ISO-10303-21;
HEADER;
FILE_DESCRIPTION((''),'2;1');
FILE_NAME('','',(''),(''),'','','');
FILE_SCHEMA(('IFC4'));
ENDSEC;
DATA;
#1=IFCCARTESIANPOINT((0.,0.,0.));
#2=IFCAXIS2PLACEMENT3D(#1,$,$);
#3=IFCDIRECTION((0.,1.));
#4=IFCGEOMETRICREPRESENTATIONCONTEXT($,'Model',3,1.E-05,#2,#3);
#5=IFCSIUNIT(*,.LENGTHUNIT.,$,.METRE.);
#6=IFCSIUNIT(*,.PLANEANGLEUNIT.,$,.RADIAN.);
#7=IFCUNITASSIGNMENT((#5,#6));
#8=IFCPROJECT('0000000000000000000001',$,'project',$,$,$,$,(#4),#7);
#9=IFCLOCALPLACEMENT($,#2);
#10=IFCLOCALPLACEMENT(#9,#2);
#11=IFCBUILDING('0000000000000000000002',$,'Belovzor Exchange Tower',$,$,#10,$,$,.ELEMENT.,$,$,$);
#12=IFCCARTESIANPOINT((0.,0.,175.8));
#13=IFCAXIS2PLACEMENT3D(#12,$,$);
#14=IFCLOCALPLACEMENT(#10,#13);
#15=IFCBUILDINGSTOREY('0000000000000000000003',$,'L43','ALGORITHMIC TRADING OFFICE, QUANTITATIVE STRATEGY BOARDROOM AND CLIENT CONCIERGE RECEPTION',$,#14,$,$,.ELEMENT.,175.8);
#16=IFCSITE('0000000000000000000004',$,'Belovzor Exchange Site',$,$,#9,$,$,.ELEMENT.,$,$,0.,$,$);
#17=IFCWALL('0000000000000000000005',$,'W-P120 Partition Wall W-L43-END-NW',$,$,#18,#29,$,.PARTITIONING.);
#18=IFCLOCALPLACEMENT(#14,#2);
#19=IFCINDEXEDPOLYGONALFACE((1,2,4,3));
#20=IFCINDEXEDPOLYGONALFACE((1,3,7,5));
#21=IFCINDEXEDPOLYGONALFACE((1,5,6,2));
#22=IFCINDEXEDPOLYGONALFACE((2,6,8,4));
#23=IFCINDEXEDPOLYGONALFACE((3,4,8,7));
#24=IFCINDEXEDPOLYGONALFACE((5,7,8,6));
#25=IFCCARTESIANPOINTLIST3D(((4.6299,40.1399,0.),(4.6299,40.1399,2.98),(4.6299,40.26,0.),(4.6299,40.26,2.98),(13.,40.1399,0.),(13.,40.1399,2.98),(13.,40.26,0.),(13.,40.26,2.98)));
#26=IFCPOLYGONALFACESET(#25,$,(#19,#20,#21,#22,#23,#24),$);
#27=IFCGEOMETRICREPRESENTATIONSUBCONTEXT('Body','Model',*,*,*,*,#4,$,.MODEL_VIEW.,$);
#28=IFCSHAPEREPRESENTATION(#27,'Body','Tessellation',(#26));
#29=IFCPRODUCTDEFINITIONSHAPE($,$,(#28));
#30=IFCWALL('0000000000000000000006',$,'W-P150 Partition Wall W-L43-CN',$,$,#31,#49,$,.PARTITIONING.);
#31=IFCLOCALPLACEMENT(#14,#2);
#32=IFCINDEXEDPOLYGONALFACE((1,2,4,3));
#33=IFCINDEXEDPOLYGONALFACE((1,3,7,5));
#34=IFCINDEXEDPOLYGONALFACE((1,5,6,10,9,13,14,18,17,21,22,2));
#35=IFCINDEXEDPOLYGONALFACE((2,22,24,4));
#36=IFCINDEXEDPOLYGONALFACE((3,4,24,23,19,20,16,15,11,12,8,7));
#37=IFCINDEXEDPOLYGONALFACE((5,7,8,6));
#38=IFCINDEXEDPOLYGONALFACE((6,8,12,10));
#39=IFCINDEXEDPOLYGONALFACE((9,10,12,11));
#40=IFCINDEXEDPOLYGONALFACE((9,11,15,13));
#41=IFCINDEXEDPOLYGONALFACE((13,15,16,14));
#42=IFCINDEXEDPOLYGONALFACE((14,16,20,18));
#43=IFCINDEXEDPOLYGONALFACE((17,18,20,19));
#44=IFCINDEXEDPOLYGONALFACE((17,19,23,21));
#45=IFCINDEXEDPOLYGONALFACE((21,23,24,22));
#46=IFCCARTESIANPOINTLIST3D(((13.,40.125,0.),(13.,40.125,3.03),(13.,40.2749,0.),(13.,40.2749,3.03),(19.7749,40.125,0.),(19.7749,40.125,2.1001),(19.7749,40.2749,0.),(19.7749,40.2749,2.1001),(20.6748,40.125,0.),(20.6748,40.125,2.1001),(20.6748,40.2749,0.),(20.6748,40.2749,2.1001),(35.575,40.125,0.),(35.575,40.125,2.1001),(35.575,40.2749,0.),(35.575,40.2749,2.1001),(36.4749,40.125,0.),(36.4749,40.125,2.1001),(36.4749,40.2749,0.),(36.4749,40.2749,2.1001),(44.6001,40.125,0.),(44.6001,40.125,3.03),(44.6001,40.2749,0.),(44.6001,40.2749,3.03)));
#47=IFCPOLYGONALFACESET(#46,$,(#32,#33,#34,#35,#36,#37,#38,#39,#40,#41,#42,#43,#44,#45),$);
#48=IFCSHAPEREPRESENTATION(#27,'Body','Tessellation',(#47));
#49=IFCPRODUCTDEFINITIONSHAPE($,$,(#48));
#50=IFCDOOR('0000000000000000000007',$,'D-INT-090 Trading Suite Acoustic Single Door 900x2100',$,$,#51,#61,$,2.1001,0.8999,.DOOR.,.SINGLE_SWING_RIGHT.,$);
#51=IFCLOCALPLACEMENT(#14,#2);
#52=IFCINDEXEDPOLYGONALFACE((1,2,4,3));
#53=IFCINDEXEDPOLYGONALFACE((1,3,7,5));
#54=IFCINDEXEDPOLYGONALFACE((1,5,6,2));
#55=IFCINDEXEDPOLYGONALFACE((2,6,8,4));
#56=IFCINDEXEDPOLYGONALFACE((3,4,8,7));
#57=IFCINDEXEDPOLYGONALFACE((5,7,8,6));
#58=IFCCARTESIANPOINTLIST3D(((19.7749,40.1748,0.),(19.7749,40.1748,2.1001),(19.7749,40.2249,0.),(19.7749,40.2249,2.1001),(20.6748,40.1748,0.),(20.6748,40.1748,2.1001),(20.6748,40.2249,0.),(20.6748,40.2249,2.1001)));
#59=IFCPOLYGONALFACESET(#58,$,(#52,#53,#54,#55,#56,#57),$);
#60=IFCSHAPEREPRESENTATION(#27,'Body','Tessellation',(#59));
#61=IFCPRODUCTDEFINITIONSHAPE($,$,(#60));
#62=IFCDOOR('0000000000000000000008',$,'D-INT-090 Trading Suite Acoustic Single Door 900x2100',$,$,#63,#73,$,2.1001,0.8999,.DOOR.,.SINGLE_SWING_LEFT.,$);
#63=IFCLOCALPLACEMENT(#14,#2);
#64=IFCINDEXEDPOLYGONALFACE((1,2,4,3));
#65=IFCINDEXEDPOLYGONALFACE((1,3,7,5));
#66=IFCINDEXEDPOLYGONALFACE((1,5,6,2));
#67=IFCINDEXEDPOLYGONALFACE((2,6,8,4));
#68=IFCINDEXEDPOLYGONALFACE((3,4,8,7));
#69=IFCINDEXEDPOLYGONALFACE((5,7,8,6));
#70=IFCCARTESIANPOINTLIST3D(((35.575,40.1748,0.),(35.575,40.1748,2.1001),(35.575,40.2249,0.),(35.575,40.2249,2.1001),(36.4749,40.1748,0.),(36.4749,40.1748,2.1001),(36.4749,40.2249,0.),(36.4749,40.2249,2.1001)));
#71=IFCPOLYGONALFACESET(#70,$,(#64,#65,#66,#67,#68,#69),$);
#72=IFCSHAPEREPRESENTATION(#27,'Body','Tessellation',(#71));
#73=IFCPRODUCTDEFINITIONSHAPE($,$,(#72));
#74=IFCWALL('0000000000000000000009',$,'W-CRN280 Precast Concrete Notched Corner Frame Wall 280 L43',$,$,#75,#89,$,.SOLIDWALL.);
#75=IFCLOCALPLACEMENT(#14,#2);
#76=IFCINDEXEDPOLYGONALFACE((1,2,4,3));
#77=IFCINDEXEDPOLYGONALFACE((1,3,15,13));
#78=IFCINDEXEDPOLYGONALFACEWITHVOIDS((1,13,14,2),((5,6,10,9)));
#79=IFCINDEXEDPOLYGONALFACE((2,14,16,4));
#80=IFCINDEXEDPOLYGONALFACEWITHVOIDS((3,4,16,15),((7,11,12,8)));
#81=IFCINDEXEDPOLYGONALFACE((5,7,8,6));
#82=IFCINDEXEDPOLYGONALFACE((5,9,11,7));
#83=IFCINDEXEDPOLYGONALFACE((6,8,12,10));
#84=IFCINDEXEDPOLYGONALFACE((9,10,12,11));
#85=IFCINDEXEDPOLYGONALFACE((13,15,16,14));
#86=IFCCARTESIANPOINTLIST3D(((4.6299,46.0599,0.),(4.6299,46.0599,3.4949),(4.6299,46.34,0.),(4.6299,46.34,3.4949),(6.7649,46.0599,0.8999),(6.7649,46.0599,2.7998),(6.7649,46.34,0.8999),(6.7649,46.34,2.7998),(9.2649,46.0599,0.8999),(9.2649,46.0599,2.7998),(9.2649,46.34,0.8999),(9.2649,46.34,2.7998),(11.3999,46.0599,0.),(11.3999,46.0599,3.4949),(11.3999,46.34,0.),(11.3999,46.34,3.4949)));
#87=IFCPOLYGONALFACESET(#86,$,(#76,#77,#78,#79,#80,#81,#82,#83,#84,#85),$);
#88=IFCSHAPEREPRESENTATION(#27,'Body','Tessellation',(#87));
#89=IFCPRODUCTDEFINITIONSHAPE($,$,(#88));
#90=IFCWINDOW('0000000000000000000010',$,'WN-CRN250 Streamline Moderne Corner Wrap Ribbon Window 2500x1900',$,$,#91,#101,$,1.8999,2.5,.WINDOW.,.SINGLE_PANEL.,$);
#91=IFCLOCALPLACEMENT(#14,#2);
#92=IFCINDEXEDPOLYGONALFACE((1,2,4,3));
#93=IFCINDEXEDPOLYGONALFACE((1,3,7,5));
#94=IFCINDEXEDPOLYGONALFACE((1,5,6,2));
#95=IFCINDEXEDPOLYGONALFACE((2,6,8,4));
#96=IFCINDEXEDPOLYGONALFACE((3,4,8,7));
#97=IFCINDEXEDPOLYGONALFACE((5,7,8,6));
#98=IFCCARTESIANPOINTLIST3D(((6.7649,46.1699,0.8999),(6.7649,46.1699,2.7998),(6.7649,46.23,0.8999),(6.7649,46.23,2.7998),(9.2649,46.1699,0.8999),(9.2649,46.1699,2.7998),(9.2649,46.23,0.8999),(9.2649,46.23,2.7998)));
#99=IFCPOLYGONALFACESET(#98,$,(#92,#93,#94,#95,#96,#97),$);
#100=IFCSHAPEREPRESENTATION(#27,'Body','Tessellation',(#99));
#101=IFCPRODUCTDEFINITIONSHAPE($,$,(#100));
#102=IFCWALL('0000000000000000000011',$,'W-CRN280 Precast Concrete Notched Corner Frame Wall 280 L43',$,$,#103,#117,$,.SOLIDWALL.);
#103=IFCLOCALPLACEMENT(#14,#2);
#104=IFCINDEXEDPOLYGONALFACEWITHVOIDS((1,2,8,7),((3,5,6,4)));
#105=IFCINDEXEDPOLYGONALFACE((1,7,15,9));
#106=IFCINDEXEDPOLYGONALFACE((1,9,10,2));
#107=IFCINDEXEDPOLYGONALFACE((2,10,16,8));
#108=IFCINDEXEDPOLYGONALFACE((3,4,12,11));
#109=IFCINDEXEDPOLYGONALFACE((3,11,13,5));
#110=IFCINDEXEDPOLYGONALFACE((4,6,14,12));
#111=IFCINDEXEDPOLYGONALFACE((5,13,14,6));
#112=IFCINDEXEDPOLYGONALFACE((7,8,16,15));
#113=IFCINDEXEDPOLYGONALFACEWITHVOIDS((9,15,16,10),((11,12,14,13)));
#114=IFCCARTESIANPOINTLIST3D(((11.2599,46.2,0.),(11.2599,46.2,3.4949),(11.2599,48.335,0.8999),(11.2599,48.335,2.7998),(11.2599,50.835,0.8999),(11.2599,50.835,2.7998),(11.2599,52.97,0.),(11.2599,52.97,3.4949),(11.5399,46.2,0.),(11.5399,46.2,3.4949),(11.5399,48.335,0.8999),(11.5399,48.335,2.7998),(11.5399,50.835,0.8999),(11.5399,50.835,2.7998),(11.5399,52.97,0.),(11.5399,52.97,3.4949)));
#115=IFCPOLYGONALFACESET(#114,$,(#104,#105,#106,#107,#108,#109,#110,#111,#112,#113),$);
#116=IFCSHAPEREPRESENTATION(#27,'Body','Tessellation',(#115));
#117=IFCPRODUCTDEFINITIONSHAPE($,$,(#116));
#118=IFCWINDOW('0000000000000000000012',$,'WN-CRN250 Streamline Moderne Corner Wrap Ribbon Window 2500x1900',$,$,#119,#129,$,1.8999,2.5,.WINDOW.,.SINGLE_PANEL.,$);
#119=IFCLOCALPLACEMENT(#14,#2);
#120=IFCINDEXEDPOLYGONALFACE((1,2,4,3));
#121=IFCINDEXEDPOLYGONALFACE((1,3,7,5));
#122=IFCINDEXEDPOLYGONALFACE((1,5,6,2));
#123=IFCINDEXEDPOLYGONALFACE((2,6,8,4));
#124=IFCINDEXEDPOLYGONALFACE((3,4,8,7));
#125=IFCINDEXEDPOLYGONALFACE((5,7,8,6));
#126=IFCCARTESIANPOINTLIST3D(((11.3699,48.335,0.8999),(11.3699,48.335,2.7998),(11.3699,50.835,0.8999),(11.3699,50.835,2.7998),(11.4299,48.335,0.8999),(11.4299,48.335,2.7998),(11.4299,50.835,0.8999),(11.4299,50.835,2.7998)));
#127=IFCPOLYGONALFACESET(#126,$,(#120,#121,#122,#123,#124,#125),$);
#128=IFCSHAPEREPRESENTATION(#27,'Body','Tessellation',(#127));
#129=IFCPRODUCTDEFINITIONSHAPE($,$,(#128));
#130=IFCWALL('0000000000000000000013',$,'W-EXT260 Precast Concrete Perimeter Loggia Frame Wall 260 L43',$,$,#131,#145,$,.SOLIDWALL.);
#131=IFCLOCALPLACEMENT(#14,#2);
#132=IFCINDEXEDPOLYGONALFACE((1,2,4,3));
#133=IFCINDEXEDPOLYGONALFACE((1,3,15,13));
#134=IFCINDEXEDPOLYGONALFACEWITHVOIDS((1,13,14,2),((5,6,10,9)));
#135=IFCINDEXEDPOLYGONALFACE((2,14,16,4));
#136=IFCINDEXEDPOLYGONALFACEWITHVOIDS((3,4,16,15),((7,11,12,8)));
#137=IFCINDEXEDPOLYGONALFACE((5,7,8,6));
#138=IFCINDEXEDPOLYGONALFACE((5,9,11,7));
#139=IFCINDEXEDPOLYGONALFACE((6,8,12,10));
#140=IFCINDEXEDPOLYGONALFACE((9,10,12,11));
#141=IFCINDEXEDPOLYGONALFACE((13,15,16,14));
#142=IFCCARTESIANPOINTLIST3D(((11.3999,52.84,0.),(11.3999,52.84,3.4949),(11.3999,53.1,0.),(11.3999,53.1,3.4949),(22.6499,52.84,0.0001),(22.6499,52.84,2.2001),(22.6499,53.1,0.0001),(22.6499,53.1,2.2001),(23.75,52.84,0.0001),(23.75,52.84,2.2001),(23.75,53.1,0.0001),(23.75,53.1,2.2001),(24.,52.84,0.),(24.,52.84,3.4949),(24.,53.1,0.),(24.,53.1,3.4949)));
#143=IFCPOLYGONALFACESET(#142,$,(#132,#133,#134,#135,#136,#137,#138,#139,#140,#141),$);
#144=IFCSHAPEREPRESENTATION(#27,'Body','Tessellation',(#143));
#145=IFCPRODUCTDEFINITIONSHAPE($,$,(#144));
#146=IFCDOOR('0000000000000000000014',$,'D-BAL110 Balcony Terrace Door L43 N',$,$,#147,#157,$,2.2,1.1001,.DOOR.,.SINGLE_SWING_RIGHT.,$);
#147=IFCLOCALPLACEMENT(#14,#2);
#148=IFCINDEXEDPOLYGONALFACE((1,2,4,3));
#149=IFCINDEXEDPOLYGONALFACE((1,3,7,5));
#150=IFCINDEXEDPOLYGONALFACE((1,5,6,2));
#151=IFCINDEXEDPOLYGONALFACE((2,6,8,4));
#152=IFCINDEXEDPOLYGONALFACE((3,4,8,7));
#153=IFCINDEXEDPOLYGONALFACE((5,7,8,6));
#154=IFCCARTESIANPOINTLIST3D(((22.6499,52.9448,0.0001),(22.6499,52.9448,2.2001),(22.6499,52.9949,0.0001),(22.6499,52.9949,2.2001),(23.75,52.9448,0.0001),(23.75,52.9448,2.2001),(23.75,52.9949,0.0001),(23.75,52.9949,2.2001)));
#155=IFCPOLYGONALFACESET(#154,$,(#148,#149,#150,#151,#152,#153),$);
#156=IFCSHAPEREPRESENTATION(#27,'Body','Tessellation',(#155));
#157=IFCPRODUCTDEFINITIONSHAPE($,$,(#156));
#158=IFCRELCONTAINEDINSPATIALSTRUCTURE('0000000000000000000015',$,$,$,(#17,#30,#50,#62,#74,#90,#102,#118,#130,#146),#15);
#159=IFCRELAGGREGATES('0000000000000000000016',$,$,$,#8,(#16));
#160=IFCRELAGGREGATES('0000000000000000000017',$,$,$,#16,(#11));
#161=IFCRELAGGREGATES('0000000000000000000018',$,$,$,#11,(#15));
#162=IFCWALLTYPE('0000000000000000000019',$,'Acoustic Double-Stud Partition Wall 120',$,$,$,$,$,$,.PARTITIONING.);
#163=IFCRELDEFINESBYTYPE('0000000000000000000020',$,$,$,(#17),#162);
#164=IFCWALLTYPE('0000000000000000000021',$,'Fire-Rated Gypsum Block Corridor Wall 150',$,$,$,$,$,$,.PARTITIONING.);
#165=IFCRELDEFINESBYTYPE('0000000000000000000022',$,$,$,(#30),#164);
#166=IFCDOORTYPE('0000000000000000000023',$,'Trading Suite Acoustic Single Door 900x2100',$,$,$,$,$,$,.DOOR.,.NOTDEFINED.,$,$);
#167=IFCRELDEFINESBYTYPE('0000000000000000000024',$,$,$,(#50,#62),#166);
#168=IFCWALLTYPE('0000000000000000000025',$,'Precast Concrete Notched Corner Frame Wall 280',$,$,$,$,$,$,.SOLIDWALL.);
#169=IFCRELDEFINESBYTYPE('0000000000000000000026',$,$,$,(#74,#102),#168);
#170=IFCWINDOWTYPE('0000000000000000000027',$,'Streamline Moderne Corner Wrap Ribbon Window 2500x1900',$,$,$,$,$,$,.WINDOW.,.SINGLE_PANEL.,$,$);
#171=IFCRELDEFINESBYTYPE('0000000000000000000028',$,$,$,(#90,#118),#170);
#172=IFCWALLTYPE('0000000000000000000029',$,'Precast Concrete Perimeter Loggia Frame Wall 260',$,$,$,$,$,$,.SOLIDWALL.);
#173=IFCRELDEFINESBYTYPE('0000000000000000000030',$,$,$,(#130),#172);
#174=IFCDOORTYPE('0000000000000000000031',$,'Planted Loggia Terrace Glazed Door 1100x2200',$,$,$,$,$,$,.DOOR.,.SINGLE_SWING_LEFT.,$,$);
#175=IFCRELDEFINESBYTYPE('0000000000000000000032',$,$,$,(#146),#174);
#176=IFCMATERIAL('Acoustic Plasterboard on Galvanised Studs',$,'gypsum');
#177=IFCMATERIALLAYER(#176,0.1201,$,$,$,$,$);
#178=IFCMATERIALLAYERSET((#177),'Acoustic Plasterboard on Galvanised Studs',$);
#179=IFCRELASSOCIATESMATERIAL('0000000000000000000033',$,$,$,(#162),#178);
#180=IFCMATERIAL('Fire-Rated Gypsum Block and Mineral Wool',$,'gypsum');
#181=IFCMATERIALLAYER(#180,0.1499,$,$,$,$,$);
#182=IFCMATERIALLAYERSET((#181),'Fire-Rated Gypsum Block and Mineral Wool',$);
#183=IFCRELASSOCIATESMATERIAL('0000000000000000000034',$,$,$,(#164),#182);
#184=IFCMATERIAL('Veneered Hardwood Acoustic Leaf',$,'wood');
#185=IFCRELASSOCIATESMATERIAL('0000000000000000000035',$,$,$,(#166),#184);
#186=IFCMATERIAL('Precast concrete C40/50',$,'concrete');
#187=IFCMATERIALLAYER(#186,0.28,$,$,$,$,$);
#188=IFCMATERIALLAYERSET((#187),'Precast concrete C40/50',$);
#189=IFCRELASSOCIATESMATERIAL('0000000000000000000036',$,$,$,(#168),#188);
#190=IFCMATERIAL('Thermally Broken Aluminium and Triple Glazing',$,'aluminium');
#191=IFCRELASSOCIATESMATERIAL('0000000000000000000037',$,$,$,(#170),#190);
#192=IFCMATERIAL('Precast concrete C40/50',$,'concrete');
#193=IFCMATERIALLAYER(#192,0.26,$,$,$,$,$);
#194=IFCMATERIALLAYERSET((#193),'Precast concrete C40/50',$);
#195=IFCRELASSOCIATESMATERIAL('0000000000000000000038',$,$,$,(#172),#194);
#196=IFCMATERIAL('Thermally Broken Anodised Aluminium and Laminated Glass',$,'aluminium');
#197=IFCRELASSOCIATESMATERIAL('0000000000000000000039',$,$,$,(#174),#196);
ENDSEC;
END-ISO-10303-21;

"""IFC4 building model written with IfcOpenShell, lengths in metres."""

from ifc_helpers import new_model, si_unit, direction, frame, frame_2d, origin, place, context, subcontext, project, spatial, rectangle, extrude, material, layer, layer_set, type_object, element, fill, save


model = new_model("IFC4")

# Units and contexts
model_context = context("Model", 3, precision=1e-05, world=origin(), true_north=direction((0.0, 1.0)))
body_context = subcontext(model_context, "Body", "Model", "MODEL_VIEW")
ifc_project = project(units=[si_unit("LENGTHUNIT", "METRE"), si_unit("PLANEANGLEUNIT", "RADIAN")], contexts=[model_context])

# Site, building, storey
site_placement = place(None, origin())
site = spatial("IfcSite", under=ifc_project, at=site_placement, Name="Belovzor Exchange Site", CompositionType="ELEMENT", RefElevation=0.0)
building_placement = place(site_placement, origin())
building = spatial("IfcBuilding", under=site, at=building_placement, Name="Belovzor Exchange Tower", CompositionType="ELEMENT")
storey_placement = place(building_placement, frame((0.0, 0.0, 175.8)))
storey = spatial("IfcBuildingStorey", under=building, at=storey_placement, Name="L43", Description="ALGORITHMIC TRADING OFFICE, QUANTITATIVE STRATEGY BOARDROOM AND CLIENT CONCIERGE RECEPTION", CompositionType="ELEMENT", Elevation=175.8)

# Wall
ifc_material_1 = material(Name="Acoustic Plasterboard on Galvanised Studs", Category="gypsum")
ifc_layer_1 = layer(ifc_material_1, 0.1201)
ifc_layer_set_1 = layer_set([ifc_layer_1], Name="Acoustic Plasterboard on Galvanised Studs")
wall_type_1 = type_object("IfcWallType", Name="Acoustic Double-Stud Partition Wall 120", PredefinedType="PARTITIONING", material=ifc_layer_set_1)
wall_1_placement = place(storey_placement, frame((4.6299, 40.2, 0.0), z_axis=(0.0, 0.0, 1.0), x_axis=(1.0, 0.0, 0.0)))
element("IfcWall", 1, at=wall_1_placement, inside=storey, type_object=wall_type_1, Name="W-P120 Partition Wall W-L43-END-NW", PredefinedType="PARTITIONING", context=body_context, shape_type="SweptSolid", body=[
    extrude(rectangle(XDim=8.3701, YDim=0.1201, at=frame_2d((4.1851, 0.0))), origin(), (0.0, 0.0, 1.0), 2.98),
])

# Wall, openings, doors
ifc_material_2 = material(Name="Fire-Rated Gypsum Block and Mineral Wool", Category="gypsum")
ifc_layer_2 = layer(ifc_material_2, 0.1499)
ifc_layer_set_2 = layer_set([ifc_layer_2], Name="Fire-Rated Gypsum Block and Mineral Wool")
wall_type_2 = type_object("IfcWallType", Name="Fire-Rated Gypsum Block Corridor Wall 150", PredefinedType="PARTITIONING", material=ifc_layer_set_2)
wall_2_placement = place(storey_placement, frame((13.0, 40.2, 0.0), z_axis=(0.0, 0.0, 1.0), x_axis=(1.0, 0.0, 0.0)))
wall_2 = element("IfcWall", 2, at=wall_2_placement, inside=storey, type_object=wall_type_2, Name="W-P150 Partition Wall W-L43-CN", PredefinedType="PARTITIONING", context=body_context, shape_type="SweptSolid", body=[
    extrude(rectangle(XDim=31.6001, YDim=0.1499, at=frame_2d((15.8, 0.0))), origin(), (0.0, 0.0, 1.0), 3.03),
])
opening_1_placement = place(wall_2_placement, frame((6.7749, 0.0, 0.0)))
opening_1 = element("IfcOpeningElement", 3, at=opening_1_placement, cuts=wall_2, PredefinedType="OPENING", context=body_context, shape_type="SweptSolid", body=[
    extrude(rectangle(XDim=0.8999, YDim=2.1001, at=frame_2d((0.45, 1.05))), frame((0.0, 0.085, 0.0), z_axis=(0.0, -1.0, 0.0), x_axis=(1.0, 0.0, 0.0)), (0.0, 0.0, 1.0), 0.1699),
])
opening_2_placement = place(wall_2_placement, frame((22.575, 0.0, 0.0)))
opening_2 = element("IfcOpeningElement", 4, at=opening_2_placement, cuts=wall_2, PredefinedType="OPENING", context=body_context, shape_type="SweptSolid", body=[
    extrude(rectangle(XDim=0.8999, YDim=2.1001, at=frame_2d((0.45, 1.05))), frame((0.0, 0.085, 0.0), z_axis=(0.0, -1.0, 0.0), x_axis=(1.0, 0.0, 0.0)), (0.0, 0.0, 1.0), 0.1699),
])
ifc_material_3 = material(Name="Veneered Hardwood Acoustic Leaf", Category="wood")
door_type_1 = type_object("IfcDoorType", Name="Trading Suite Acoustic Single Door 900x2100", OperationType="NOTDEFINED", PredefinedType="DOOR", material=ifc_material_3)
door_1_placement = place(opening_1_placement, origin())
door_1 = element("IfcDoor", 5, at=door_1_placement, inside=storey, type_object=door_type_1, Name="D-INT-090 Trading Suite Acoustic Single Door 900x2100", OperationType="SINGLE_SWING_RIGHT", OverallHeight=2.1001, OverallWidth=0.8999, PredefinedType="DOOR", context=body_context, shape_type="SweptSolid", body=[
    extrude(rectangle(XDim=0.8999, YDim=2.1001, at=frame_2d((0.45, 1.05))), frame((0.0, 0.0249, 0.0), z_axis=(0.0, -1.0, 0.0), x_axis=(1.0, 0.0, 0.0)), (0.0, 0.0, 1.0), 0.05),
])
fill(opening_1, door_1)
door_2_placement = place(opening_2_placement, origin())
door_2 = element("IfcDoor", 6, at=door_2_placement, inside=storey, type_object=door_type_1, Name="D-INT-090 Trading Suite Acoustic Single Door 900x2100", OperationType="SINGLE_SWING_LEFT", OverallHeight=2.1001, OverallWidth=0.8999, PredefinedType="DOOR", context=body_context, shape_type="SweptSolid", body=[
    extrude(rectangle(XDim=0.8999, YDim=2.1001, at=frame_2d((0.45, 1.05))), frame((0.0, 0.0249, 0.0), z_axis=(0.0, -1.0, 0.0), x_axis=(1.0, 0.0, 0.0)), (0.0, 0.0, 1.0), 0.05),
])
fill(opening_2, door_2)

# Walls, openings, windows
ifc_material_4 = material(Name="Precast concrete C40/50", Category="concrete")
ifc_layer_3 = layer(ifc_material_4, 0.28)
ifc_layer_set_3 = layer_set([ifc_layer_3], Name="Precast concrete C40/50")
wall_type_3 = type_object("IfcWallType", Name="Precast Concrete Notched Corner Frame Wall 280", PredefinedType="SOLIDWALL", material=ifc_layer_set_3)
wall_3_placement = place(storey_placement, frame((4.6299, 46.2, 0.0), z_axis=(0.0, 0.0, 1.0), x_axis=(1.0, 0.0, 0.0)))
wall_3 = element("IfcWall", 7, at=wall_3_placement, inside=storey, type_object=wall_type_3, Name="W-CRN280 Precast Concrete Notched Corner Frame Wall 280 L43", PredefinedType="SOLIDWALL", context=body_context, shape_type="SweptSolid", body=[
    extrude(rectangle(XDim=6.77, YDim=0.28, at=frame_2d((3.385, 0.0))), origin(), (0.0, 0.0, 1.0), 3.4949),
])
opening_3_placement = place(wall_3_placement, frame((2.135, 0.0, 0.8999)))
opening_3 = element("IfcOpeningElement", 8, at=opening_3_placement, cuts=wall_3, PredefinedType="OPENING", context=body_context, shape_type="SweptSolid", body=[
    extrude(rectangle(XDim=2.5, YDim=1.8999, at=frame_2d((1.25, 0.95))), frame((0.0, 0.1499, 0.0), z_axis=(0.0, -1.0, 0.0), x_axis=(1.0, 0.0, 0.0)), (0.0, 0.0, 1.0), 0.3),
])
ifc_material_5 = material(Name="Thermally Broken Aluminium and Triple Glazing", Category="aluminium")
window_type = type_object("IfcWindowType", Name="Streamline Moderne Corner Wrap Ribbon Window 2500x1900", PartitioningType="SINGLE_PANEL", PredefinedType="WINDOW", material=ifc_material_5)
window_1_placement = place(opening_3_placement, origin())
window_1 = element("IfcWindow", 9, at=window_1_placement, inside=storey, type_object=window_type, Name="WN-CRN250 Streamline Moderne Corner Wrap Ribbon Window 2500x1900", OverallHeight=1.8999, OverallWidth=2.5, PartitioningType="SINGLE_PANEL", PredefinedType="WINDOW", context=body_context, shape_type="SweptSolid", body=[
    extrude(rectangle(XDim=2.5, YDim=1.8999, at=frame_2d((1.25, 0.95))), frame((0.0, 0.03, 0.0), z_axis=(0.0, -1.0, 0.0), x_axis=(1.0, 0.0, 0.0)), (0.0, 0.0, 1.0), 0.0601),
])
fill(opening_3, window_1)
wall_4_placement = place(storey_placement, frame((11.3999, 46.2, 0.0), z_axis=(0.0, 0.0, 1.0), x_axis=(0.0, 1.0, 0.0)))
wall_4 = element("IfcWall", 10, at=wall_4_placement, inside=storey, type_object=wall_type_3, Name="W-CRN280 Precast Concrete Notched Corner Frame Wall 280 L43", PredefinedType="SOLIDWALL", context=body_context, shape_type="SweptSolid", body=[
    extrude(rectangle(XDim=6.77, YDim=0.28, at=frame_2d((3.385, 0.0))), origin(), (0.0, 0.0, 1.0), 3.4949),
])
opening_4_placement = place(wall_4_placement, frame((2.135, 0.0, 0.8999)))
opening_4 = element("IfcOpeningElement", 11, at=opening_4_placement, cuts=wall_4, PredefinedType="OPENING", context=body_context, shape_type="SweptSolid", body=[
    extrude(rectangle(XDim=2.5, YDim=1.8999, at=frame_2d((1.25, 0.95))), frame((0.0, 0.1499, 0.0), z_axis=(0.0, -1.0, 0.0), x_axis=(1.0, 0.0, 0.0)), (0.0, 0.0, 1.0), 0.3),
])
window_2_placement = place(opening_4_placement, origin())
window_2 = element("IfcWindow", 12, at=window_2_placement, inside=storey, type_object=window_type, Name="WN-CRN250 Streamline Moderne Corner Wrap Ribbon Window 2500x1900", OverallHeight=1.8999, OverallWidth=2.5, PartitioningType="SINGLE_PANEL", PredefinedType="WINDOW", context=body_context, shape_type="SweptSolid", body=[
    extrude(rectangle(XDim=2.5, YDim=1.8999, at=frame_2d((1.25, 0.95))), frame((0.0, 0.03, 0.0), z_axis=(0.0, -1.0, 0.0), x_axis=(1.0, 0.0, 0.0)), (0.0, 0.0, 1.0), 0.0601),
])
fill(opening_4, window_2)

# Wall, opening, door
ifc_material_6 = material(Name="Precast concrete C40/50", Category="concrete")
ifc_layer_4 = layer(ifc_material_6, 0.26)
ifc_layer_set_4 = layer_set([ifc_layer_4], Name="Precast concrete C40/50")
wall_type_4 = type_object("IfcWallType", Name="Precast Concrete Perimeter Loggia Frame Wall 260", PredefinedType="SOLIDWALL", material=ifc_layer_set_4)
wall_5_placement = place(storey_placement, frame((11.3999, 52.97, 0.0), z_axis=(0.0, 0.0, 1.0), x_axis=(1.0, 0.0, 0.0)))
wall_5 = element("IfcWall", 13, at=wall_5_placement, inside=storey, type_object=wall_type_4, Name="W-EXT260 Precast Concrete Perimeter Loggia Frame Wall 260 L43", PredefinedType="SOLIDWALL", context=body_context, shape_type="SweptSolid", body=[
    extrude(rectangle(XDim=12.6001, YDim=0.26, at=frame_2d((6.3, 0.0))), origin(), (0.0, 0.0, 1.0), 3.4949),
])
opening_5_placement = place(wall_5_placement, frame((11.25, 0.0, 0.0)))
opening_5 = element("IfcOpeningElement", 14, at=opening_5_placement, cuts=wall_5, PredefinedType="OPENING", context=body_context, shape_type="SweptSolid", body=[
    extrude(rectangle(XDim=1.1001, YDim=2.2, at=frame_2d((0.55, 1.1001))), frame((0.0, 0.1399, 0.0), z_axis=(0.0, -1.0, 0.0), x_axis=(1.0, 0.0, 0.0)), (0.0, 0.0, 1.0), 0.28),
])
ifc_material_7 = material(Name="Thermally Broken Anodised Aluminium and Laminated Glass", Category="aluminium")
door_type_2 = type_object("IfcDoorType", Name="Planted Loggia Terrace Glazed Door 1100x2200", OperationType="SINGLE_SWING_LEFT", PredefinedType="DOOR", material=ifc_material_7)
door_3_placement = place(opening_5_placement, origin())
door_3 = element("IfcDoor", 15, at=door_3_placement, inside=storey, type_object=door_type_2, Name="D-BAL110 Balcony Terrace Door L43 N", OperationType="SINGLE_SWING_RIGHT", OverallHeight=2.2, OverallWidth=1.1001, PredefinedType="DOOR", context=body_context, shape_type="SweptSolid", body=[
    extrude(rectangle(XDim=1.1001, YDim=2.2, at=frame_2d((0.55, 1.1001))), frame((0.0, 0.0249, 0.0), z_axis=(0.0, -1.0, 0.0), x_axis=(1.0, 0.0, 0.0)), (0.0, 0.0, 1.0), 0.05),
])
fill(opening_5, door_3)

save(model, "model.ifc")
